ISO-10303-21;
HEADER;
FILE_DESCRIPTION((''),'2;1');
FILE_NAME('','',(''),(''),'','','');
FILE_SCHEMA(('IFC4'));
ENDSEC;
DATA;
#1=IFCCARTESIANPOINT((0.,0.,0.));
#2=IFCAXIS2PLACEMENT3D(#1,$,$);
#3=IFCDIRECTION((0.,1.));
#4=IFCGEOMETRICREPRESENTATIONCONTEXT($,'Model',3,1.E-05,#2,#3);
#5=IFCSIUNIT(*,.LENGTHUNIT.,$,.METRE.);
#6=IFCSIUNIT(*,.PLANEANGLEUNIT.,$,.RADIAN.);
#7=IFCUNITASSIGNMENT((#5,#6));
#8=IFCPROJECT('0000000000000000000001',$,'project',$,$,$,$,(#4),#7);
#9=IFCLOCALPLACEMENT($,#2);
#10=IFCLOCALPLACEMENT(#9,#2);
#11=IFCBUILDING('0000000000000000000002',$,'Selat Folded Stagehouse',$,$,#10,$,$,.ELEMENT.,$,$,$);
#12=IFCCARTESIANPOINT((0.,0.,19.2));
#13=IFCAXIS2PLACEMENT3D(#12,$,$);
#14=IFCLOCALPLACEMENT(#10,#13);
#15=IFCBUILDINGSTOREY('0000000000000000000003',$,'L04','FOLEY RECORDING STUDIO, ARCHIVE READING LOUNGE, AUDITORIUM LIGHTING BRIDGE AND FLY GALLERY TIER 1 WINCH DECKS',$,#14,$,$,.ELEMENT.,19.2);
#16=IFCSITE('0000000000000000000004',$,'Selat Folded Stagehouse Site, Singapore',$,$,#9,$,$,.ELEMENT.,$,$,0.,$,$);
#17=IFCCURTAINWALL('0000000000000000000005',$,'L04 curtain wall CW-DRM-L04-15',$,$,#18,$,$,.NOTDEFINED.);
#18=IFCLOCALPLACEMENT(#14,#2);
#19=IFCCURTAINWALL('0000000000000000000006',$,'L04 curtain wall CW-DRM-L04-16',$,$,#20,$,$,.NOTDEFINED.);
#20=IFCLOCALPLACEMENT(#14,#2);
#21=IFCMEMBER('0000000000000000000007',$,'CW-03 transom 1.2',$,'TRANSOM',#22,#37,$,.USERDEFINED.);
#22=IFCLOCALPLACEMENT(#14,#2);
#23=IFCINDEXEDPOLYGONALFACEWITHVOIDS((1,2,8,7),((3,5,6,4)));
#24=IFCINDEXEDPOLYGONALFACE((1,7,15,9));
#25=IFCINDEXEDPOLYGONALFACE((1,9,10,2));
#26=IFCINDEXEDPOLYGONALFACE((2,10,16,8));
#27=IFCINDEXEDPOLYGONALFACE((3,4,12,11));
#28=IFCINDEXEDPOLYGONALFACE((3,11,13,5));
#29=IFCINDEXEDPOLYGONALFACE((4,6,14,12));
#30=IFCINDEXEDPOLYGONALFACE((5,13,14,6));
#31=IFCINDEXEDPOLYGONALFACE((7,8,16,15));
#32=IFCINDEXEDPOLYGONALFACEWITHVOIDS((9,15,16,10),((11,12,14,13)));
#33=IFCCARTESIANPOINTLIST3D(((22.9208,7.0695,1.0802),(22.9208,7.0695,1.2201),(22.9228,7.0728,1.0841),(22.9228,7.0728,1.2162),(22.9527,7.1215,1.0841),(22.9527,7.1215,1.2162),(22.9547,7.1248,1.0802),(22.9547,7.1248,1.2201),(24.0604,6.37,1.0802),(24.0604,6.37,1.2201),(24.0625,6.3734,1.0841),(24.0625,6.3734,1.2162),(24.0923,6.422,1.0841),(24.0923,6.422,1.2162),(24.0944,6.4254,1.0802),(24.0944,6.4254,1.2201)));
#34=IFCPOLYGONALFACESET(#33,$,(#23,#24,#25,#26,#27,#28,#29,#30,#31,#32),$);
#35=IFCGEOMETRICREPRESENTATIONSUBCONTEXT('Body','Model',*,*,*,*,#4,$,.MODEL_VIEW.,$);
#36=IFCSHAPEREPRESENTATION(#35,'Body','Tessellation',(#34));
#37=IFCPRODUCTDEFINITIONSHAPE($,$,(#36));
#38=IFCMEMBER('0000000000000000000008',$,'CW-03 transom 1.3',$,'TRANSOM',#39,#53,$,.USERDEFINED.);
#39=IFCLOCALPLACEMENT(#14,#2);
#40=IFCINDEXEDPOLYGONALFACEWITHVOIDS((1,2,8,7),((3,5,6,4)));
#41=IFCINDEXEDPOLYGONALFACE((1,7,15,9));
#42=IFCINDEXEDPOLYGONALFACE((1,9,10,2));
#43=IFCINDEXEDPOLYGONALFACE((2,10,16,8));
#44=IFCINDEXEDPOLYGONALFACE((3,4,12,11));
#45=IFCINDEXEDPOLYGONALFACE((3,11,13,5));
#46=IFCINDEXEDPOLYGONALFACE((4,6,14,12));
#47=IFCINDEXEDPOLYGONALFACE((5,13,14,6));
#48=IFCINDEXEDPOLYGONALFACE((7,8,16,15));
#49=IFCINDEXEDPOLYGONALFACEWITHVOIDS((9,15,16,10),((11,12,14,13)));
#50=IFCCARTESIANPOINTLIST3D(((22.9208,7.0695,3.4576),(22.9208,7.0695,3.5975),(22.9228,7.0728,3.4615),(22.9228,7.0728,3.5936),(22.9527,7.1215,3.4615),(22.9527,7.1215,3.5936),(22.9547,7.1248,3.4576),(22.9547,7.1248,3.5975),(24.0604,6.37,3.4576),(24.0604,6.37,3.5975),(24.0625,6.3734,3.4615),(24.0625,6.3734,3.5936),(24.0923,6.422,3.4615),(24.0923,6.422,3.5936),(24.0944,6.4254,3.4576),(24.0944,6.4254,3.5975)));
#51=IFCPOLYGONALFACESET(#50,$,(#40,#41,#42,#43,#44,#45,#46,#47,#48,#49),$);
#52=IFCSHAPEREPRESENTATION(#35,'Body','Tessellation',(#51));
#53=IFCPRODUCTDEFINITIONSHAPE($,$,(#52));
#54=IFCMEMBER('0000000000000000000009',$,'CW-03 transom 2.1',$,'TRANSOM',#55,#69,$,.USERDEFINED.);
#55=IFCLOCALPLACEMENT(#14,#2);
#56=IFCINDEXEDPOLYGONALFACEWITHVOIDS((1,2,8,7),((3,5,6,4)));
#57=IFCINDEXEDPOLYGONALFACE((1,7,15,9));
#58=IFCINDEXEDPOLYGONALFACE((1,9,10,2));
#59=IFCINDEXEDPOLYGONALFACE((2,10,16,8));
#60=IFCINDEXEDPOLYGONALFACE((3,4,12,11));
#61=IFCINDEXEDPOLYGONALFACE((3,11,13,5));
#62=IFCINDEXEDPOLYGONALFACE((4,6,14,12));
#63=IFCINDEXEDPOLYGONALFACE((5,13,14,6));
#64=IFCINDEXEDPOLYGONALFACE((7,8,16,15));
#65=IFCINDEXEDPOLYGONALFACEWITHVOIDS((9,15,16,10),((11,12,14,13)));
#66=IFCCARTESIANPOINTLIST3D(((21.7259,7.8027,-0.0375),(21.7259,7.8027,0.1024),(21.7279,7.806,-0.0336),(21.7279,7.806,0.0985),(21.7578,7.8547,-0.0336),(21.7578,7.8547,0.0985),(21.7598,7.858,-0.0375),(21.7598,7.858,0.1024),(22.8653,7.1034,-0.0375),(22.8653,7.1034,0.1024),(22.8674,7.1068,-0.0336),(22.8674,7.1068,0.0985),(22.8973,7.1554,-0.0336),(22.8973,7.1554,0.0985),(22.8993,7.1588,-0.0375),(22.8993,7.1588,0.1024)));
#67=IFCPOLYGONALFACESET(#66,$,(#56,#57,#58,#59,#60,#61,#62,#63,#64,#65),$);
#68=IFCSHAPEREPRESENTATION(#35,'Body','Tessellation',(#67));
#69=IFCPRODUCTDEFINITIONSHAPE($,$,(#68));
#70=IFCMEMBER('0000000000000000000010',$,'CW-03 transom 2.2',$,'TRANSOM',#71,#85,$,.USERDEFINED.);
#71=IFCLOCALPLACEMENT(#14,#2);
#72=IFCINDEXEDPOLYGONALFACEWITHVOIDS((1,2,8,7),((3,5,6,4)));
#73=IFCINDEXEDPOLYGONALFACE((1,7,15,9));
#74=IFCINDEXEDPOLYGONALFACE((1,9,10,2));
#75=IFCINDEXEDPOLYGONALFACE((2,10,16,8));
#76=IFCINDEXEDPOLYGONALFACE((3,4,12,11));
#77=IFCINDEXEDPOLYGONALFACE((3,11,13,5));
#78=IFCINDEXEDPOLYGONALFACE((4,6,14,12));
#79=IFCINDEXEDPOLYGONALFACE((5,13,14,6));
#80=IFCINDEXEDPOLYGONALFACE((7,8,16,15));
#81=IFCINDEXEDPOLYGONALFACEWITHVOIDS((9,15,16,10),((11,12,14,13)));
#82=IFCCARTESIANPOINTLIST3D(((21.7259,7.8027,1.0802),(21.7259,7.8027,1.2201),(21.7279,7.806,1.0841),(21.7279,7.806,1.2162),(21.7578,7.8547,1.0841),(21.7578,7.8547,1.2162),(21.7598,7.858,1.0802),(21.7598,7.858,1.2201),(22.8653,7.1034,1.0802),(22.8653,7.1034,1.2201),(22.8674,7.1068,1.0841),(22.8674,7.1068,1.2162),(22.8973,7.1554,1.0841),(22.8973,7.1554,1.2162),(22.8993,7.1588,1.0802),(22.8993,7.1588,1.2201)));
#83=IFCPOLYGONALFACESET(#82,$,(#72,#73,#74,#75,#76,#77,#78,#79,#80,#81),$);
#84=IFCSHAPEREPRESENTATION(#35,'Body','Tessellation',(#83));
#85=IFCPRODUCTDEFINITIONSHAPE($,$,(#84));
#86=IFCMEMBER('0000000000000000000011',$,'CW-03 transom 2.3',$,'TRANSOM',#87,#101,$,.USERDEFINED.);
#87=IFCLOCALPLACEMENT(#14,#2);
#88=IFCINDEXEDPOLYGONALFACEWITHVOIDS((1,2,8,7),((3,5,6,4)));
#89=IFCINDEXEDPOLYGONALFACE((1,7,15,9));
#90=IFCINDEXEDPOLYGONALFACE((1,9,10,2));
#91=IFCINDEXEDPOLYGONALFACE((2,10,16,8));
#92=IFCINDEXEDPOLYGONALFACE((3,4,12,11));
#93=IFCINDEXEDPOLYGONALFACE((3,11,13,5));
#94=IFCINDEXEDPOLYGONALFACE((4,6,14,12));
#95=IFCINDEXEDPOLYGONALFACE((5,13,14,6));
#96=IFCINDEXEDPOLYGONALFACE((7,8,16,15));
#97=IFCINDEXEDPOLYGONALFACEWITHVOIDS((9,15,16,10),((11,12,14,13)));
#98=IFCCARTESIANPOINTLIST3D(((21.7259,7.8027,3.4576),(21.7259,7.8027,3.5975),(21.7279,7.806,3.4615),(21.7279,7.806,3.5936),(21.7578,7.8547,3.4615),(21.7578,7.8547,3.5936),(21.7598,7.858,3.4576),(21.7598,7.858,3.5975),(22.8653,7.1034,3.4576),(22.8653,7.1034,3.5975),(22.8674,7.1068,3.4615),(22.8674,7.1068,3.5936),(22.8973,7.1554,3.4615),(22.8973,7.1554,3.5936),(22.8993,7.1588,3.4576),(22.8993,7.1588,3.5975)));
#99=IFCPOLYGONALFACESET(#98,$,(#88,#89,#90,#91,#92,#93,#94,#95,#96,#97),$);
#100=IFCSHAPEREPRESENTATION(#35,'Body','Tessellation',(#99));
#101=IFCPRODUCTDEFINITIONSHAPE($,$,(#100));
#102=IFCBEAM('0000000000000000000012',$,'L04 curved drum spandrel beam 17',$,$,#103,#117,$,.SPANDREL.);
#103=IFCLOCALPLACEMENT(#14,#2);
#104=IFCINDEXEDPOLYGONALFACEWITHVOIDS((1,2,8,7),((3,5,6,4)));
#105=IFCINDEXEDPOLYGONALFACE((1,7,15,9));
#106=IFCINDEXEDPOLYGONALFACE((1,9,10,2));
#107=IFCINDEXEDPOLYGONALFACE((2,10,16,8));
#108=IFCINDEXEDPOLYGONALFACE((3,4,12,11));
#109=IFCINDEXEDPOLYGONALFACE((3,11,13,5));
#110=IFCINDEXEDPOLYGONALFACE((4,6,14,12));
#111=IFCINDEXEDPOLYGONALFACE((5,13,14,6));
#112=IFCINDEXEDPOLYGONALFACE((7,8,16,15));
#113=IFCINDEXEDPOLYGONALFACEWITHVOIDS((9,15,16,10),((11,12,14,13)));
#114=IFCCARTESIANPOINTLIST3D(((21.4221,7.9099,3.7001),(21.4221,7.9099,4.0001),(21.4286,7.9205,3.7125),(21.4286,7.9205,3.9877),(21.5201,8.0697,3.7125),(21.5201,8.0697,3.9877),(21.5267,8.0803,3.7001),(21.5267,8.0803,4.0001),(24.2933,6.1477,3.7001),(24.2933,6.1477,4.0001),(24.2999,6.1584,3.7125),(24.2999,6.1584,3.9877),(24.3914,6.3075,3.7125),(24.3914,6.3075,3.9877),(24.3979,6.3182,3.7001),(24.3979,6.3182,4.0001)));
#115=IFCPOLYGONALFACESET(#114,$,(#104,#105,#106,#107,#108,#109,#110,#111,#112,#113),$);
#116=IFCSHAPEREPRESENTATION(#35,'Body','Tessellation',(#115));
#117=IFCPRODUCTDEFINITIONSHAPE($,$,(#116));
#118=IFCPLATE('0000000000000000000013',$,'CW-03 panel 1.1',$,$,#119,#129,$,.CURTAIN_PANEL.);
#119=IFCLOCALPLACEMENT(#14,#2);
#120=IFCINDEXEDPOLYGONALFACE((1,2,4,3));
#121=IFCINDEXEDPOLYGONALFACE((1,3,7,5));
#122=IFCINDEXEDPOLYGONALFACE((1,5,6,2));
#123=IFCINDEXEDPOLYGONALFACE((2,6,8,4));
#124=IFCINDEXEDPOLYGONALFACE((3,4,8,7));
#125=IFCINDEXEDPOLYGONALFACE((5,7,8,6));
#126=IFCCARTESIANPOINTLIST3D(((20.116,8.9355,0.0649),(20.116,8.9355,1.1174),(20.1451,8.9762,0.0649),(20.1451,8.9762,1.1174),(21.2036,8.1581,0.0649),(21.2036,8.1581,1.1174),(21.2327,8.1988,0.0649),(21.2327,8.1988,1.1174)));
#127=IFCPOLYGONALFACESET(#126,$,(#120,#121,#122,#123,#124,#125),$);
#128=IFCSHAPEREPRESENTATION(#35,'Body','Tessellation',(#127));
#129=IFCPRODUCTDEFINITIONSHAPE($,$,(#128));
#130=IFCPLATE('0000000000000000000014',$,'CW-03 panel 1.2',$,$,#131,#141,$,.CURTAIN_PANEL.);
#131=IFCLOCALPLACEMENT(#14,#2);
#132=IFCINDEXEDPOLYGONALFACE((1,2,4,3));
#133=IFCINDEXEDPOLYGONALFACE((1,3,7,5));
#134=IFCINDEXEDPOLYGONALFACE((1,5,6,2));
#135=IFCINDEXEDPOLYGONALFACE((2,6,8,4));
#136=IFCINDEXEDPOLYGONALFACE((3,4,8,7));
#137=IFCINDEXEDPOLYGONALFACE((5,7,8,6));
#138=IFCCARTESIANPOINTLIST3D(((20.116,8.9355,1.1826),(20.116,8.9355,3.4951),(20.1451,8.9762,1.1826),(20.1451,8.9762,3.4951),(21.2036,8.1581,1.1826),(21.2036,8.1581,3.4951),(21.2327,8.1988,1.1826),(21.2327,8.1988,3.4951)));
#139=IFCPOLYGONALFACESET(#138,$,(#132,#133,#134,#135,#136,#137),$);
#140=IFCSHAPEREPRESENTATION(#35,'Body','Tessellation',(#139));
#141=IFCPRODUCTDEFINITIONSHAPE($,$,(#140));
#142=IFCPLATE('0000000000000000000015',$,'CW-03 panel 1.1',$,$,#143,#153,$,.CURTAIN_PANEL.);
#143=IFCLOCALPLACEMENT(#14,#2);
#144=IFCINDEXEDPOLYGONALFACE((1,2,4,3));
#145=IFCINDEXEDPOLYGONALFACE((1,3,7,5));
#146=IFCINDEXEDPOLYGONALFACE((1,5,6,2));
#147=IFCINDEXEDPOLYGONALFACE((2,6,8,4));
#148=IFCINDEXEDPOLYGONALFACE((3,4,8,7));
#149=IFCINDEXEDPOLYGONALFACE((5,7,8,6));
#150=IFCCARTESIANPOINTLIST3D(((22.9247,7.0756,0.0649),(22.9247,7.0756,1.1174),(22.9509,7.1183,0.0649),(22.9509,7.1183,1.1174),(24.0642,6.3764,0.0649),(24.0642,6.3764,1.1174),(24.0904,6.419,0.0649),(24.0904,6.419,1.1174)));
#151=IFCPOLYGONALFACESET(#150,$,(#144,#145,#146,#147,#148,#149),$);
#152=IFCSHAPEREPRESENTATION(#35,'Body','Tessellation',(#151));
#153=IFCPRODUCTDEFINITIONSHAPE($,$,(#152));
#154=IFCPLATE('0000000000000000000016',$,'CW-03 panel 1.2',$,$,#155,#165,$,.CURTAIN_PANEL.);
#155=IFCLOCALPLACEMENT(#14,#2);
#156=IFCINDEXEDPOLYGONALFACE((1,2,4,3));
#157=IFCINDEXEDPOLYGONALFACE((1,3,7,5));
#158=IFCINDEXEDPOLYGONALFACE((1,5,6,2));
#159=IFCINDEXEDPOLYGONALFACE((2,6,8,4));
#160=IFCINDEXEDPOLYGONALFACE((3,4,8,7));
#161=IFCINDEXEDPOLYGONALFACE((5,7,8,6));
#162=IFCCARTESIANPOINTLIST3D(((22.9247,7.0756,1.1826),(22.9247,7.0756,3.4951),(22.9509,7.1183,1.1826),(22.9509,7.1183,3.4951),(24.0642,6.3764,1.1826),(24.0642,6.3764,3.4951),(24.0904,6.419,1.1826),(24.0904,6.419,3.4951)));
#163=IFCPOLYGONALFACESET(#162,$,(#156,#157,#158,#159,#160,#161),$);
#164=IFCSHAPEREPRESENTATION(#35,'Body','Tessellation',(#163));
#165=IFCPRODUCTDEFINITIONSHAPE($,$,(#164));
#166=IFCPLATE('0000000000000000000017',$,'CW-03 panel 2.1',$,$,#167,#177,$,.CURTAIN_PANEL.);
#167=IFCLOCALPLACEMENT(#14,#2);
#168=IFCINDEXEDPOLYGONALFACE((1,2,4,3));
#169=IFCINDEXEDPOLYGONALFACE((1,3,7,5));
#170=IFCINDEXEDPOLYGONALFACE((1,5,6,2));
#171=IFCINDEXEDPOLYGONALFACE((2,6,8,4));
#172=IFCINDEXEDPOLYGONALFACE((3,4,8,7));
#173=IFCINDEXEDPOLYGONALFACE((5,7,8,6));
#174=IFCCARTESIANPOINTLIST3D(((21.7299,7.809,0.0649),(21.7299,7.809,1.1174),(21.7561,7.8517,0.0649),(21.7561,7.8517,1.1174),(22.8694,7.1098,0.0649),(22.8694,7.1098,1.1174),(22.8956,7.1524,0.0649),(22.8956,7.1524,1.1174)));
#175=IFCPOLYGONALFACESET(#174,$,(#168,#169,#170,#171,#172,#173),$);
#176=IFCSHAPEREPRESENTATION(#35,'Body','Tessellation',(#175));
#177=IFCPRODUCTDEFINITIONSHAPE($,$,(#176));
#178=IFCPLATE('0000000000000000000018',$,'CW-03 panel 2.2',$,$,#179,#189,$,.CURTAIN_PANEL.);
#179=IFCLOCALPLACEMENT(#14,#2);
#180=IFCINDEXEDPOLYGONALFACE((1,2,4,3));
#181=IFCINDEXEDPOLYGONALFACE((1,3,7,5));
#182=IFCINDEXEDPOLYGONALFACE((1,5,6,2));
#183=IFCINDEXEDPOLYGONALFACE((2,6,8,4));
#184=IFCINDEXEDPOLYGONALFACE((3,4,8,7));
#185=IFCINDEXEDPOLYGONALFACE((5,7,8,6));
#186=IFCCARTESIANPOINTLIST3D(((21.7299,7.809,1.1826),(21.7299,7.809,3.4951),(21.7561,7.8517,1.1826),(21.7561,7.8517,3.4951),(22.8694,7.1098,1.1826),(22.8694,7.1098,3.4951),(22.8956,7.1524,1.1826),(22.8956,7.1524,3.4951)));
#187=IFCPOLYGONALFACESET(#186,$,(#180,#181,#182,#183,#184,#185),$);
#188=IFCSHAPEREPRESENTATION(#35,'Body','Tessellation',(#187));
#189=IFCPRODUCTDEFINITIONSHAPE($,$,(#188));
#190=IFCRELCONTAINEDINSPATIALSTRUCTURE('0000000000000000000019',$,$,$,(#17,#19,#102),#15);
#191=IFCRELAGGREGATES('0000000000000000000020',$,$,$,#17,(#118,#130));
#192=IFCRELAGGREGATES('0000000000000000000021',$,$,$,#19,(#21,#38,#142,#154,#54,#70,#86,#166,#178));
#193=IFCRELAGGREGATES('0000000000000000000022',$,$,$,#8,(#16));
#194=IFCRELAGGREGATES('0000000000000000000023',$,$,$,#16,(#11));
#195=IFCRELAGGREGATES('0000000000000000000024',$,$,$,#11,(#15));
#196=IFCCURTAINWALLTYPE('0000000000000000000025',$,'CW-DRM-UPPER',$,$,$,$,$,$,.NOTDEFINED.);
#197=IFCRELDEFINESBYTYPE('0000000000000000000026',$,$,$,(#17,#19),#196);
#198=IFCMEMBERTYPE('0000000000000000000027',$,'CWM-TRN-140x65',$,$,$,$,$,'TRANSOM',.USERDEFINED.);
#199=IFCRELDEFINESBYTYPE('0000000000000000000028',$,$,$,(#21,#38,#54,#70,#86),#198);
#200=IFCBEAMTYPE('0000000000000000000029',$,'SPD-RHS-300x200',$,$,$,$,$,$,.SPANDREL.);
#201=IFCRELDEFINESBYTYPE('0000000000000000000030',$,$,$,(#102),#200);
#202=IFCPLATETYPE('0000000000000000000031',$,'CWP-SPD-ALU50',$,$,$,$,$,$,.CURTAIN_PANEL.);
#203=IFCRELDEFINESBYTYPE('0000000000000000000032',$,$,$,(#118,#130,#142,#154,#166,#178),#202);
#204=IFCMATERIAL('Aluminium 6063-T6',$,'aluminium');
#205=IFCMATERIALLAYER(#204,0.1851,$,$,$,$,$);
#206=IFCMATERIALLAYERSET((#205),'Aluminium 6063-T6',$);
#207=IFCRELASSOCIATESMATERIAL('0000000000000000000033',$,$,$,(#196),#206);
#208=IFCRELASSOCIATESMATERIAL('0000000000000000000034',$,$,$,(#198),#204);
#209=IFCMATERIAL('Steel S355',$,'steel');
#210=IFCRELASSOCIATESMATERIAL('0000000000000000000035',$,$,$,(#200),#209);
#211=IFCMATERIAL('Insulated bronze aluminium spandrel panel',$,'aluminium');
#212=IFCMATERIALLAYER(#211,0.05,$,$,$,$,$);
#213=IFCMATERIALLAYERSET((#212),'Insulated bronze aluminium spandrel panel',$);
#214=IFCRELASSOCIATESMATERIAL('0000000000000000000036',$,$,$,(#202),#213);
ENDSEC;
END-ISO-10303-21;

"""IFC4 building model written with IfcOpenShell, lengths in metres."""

from ifc_helpers import new_model, si_unit, direction, frame, origin, origin_2d, place, context, subcontext, project, spatial, rectangle, hollow_rectangle, extrude, material, layer, layer_set, material_profile, profile_set, type_object, element, aggregate, save


model = new_model("IFC4")

# Units and contexts
model_context = context("Model", 3, precision=1e-05, world=origin(), true_north=direction((0.0, 1.0)))
body_context = subcontext(model_context, "Body", "Model", "MODEL_VIEW")
ifc_project = project(units=[si_unit("LENGTHUNIT", "METRE"), si_unit("PLANEANGLEUNIT", "RADIAN")], contexts=[model_context])

# Site, building, storey
site_placement = place(None, origin())
site = spatial("IfcSite", under=ifc_project, at=site_placement, Name="Selat Folded Stagehouse Site, Singapore", CompositionType="ELEMENT", RefElevation=0.0)
building_placement = place(site_placement, origin())
building = spatial("IfcBuilding", under=site, at=building_placement, Name="Selat Folded Stagehouse", CompositionType="ELEMENT")
storey_placement = place(building_placement, frame((0.0, 0.0, 19.2)))
storey = spatial("IfcBuildingStorey", under=building, at=storey_placement, Name="L04", Description="FOLEY RECORDING STUDIO, ARCHIVE READING LOUNGE, AUDITORIUM LIGHTING BRIDGE AND FLY GALLERY TIER 1 WINCH DECKS", CompositionType="ELEMENT", Elevation=19.2)

# Shared definitions
ifc_material_1 = material(Name="Steel S355", Category="steel")

# Curtain wall
ifc_material_2 = material(Name="Aluminium 6063-T6", Category="aluminium")
ifc_layer_1 = layer(ifc_material_2, 0.1851)
ifc_layer_set_1 = layer_set([ifc_layer_1], Name="Aluminium 6063-T6")
curtain_wall_type = type_object("IfcCurtainWallType", Name="CW-DRM-UPPER", PredefinedType="NOTDEFINED", material=ifc_layer_set_1)
curtain_wall_1_placement = place(storey_placement, origin())
curtain_wall_1 = element("IfcCurtainWall", 1, at=curtain_wall_1_placement, inside=storey, type_object=curtain_wall_type, Name="L04 curtain wall CW-DRM-L04-15", PredefinedType="NOTDEFINED")

# Curtain wall
curtain_wall_2_placement = place(storey_placement, origin())
curtain_wall_2 = element("IfcCurtainWall", 2, at=curtain_wall_2_placement, inside=storey, type_object=curtain_wall_type, Name="L04 curtain wall CW-DRM-L04-16", PredefinedType="NOTDEFINED")

# Members
ifc_material_profile_1 = material_profile(ifc_material_2, hollow_rectangle(XDim=0.0649, YDim=0.1399, WallThickness=0.0039, at=origin_2d()), Name="ALU 140x65x4.0")
ifc_profile_set_1 = profile_set([ifc_material_profile_1], Name="Aluminium 6063-T6")
member_type_1 = type_object("IfcMemberType", Name="CWM-TRN-140x65", ElementType="TRANSOM", PredefinedType="USERDEFINED", material=ifc_profile_set_1)
member_1_placement = place(storey_placement, frame((24.0774, 6.3977, 1.1501), z_axis=(-0.852278, 0.523089, 0.0), x_axis=(-0.523089, -0.852278, 0.0)))
member_1 = element("IfcMember", 3, at=member_1_placement, type_object=member_type_1, Name="CW-03 transom 1.2", ObjectType="TRANSOM", PredefinedType="USERDEFINED", context=body_context, shape_type="SweptSolid", body=[
    extrude(hollow_rectangle(XDim=0.0649, YDim=0.1399, WallThickness=0.0039, at=origin_2d()), origin(), (0.0, 0.0, 1.0), 1.3372),
])
member_2_placement = place(storey_placement, frame((24.0774, 6.3977, 3.5276), z_axis=(-0.852278, 0.523089, 0.0), x_axis=(-0.523089, -0.852278, 0.0)))
member_2 = element("IfcMember", 4, at=member_2_placement, type_object=member_type_1, Name="CW-03 transom 1.3", ObjectType="TRANSOM", PredefinedType="USERDEFINED", context=body_context, shape_type="SweptSolid", body=[
    extrude(hollow_rectangle(XDim=0.0649, YDim=0.1399, WallThickness=0.0039, at=origin_2d()), origin(), (0.0, 0.0, 1.0), 1.3372),
])
member_3_placement = place(storey_placement, frame((22.8823, 7.1311, 0.0325), z_axis=(-0.85231, 0.523037, 0.0), x_axis=(-0.523037, -0.85231, 0.0)))
member_3 = element("IfcMember", 5, at=member_3_placement, type_object=member_type_1, Name="CW-03 transom 2.1", ObjectType="TRANSOM", PredefinedType="USERDEFINED", context=body_context, shape_type="SweptSolid", body=[
    extrude(hollow_rectangle(XDim=0.0649, YDim=0.1399, WallThickness=0.0039, at=origin_2d()), origin(), (0.0, 0.0, 1.0), 1.3369),
])
member_4_placement = place(storey_placement, frame((22.8823, 7.1311, 1.1501), z_axis=(-0.85231, 0.523037, 0.0), x_axis=(-0.523037, -0.85231, 0.0)))
member_4 = element("IfcMember", 6, at=member_4_placement, type_object=member_type_1, Name="CW-03 transom 2.2", ObjectType="TRANSOM", PredefinedType="USERDEFINED", context=body_context, shape_type="SweptSolid", body=[
    extrude(hollow_rectangle(XDim=0.0649, YDim=0.1399, WallThickness=0.0039, at=origin_2d()), origin(), (0.0, 0.0, 1.0), 1.3369),
])
member_5_placement = place(storey_placement, frame((22.8823, 7.1311, 3.5276), z_axis=(-0.85231, 0.523037, 0.0), x_axis=(-0.523037, -0.85231, 0.0)))
member_5 = element("IfcMember", 7, at=member_5_placement, type_object=member_type_1, Name="CW-03 transom 2.3", ObjectType="TRANSOM", PredefinedType="USERDEFINED", context=body_context, shape_type="SweptSolid", body=[
    extrude(hollow_rectangle(XDim=0.0649, YDim=0.1399, WallThickness=0.0039, at=origin_2d()), origin(), (0.0, 0.0, 1.0), 1.3369),
])

# Beam
ifc_material_profile_2 = material_profile(ifc_material_1, hollow_rectangle(XDim=0.2, YDim=0.3, WallThickness=0.0125, at=origin_2d()), Name="RHS 300x200x12.5")
ifc_profile_set_2 = profile_set([ifc_material_profile_2], Name="Steel S355")
beam_type = type_object("IfcBeamType", Name="SPD-RHS-300x200", PredefinedType="SPANDREL", material=ifc_profile_set_2)
beam_placement = place(storey_placement, frame((21.4744, 7.9951, 3.8501), z_axis=(0.85229, -0.52307, 0.0), x_axis=(0.52307, 0.85229, 0.0)))
element("IfcBeam", 8, at=beam_placement, inside=storey, type_object=beam_type, Name="L04 curved drum spandrel beam 17", PredefinedType="SPANDREL", context=body_context, shape_type="SweptSolid", body=[
    extrude(hollow_rectangle(XDim=0.2, YDim=0.3, WallThickness=0.0125, at=origin_2d()), origin(), (0.0, 0.0, 1.0), 3.3689),
])

# Plates
ifc_material_3 = material(Name="Insulated bronze aluminium spandrel panel", Category="aluminium")
ifc_layer_2 = layer(ifc_material_3, 0.05)
ifc_layer_set_2 = layer_set([ifc_layer_2], Name="Insulated bronze aluminium spandrel panel")
plate_type = type_object("IfcPlateType", Name="CWP-SPD-ALU50", PredefinedType="CURTAIN_PANEL", material=ifc_layer_set_2)
plate_1_placement = place(storey_placement, frame((20.6743, 8.5671, 0.0649), z_axis=(0.0, 0.0, 1.0), x_axis=(-0.813526, 0.581528, 0.0)))
plate_1 = element("IfcPlate", 9, at=plate_1_placement, type_object=plate_type, Name="CW-03 panel 1.1", PredefinedType="CURTAIN_PANEL", context=body_context, shape_type="SweptSolid", body=[
    extrude(rectangle(XDim=1.3369, YDim=0.05, at=origin_2d()), origin(), (0.0, 0.0, 1.0), 1.0525),
])
plate_2_placement = place(storey_placement, frame((20.6743, 8.5671, 1.1826), z_axis=(0.0, 0.0, 1.0), x_axis=(-0.813526, 0.581528, 0.0)))
plate_2 = element("IfcPlate", 10, at=plate_2_placement, type_object=plate_type, Name="CW-03 panel 1.2", PredefinedType="CURTAIN_PANEL", context=body_context, shape_type="SweptSolid", body=[
    extrude(rectangle(XDim=1.3369, YDim=0.05, at=origin_2d()), origin(), (0.0, 0.0, 1.0), 2.3125),
])
aggregate(curtain_wall_1, [plate_1, plate_2])
plate_3_placement = place(storey_placement, frame((23.5076, 6.7473, 0.0649), z_axis=(0.0, 0.0, 1.0), x_axis=(-0.852317, 0.523025, 0.0)))
plate_3 = element("IfcPlate", 11, at=plate_3_placement, type_object=plate_type, Name="CW-03 panel 1.1", PredefinedType="CURTAIN_PANEL", context=body_context, shape_type="SweptSolid", body=[
    extrude(rectangle(XDim=1.3369, YDim=0.05, at=origin_2d()), origin(), (0.0, 0.0, 1.0), 1.0525),
])
plate_4_placement = place(storey_placement, frame((23.5076, 6.7473, 1.1826), z_axis=(0.0, 0.0, 1.0), x_axis=(-0.852317, 0.523025, 0.0)))
plate_4 = element("IfcPlate", 12, at=plate_4_placement, type_object=plate_type, Name="CW-03 panel 1.2", PredefinedType="CURTAIN_PANEL", context=body_context, shape_type="SweptSolid", body=[
    extrude(rectangle(XDim=1.3369, YDim=0.05, at=origin_2d()), origin(), (0.0, 0.0, 1.0), 2.3125),
])
plate_5_placement = place(storey_placement, frame((22.3127, 7.4807, 0.0649), z_axis=(0.0, 0.0, 1.0), x_axis=(-0.852317, 0.523025, 0.0)))
plate_5 = element("IfcPlate", 13, at=plate_5_placement, type_object=plate_type, Name="CW-03 panel 2.1", PredefinedType="CURTAIN_PANEL", context=body_context, shape_type="SweptSolid", body=[
    extrude(rectangle(XDim=1.3369, YDim=0.05, at=origin_2d()), origin(), (0.0, 0.0, 1.0), 1.0525),
])
plate_6_placement = place(storey_placement, frame((22.3127, 7.4807, 1.1826), z_axis=(0.0, 0.0, 1.0), x_axis=(-0.852317, 0.523025, 0.0)))
plate_6 = element("IfcPlate", 14, at=plate_6_placement, type_object=plate_type, Name="CW-03 panel 2.2", PredefinedType="CURTAIN_PANEL", context=body_context, shape_type="SweptSolid", body=[
    extrude(rectangle(XDim=1.3369, YDim=0.05, at=origin_2d()), origin(), (0.0, 0.0, 1.0), 2.3125),
])
aggregate(curtain_wall_2, [member_1, member_2, plate_3, plate_4, member_3, member_4, member_5, plate_5, plate_6])

save(model, "model.ifc")
